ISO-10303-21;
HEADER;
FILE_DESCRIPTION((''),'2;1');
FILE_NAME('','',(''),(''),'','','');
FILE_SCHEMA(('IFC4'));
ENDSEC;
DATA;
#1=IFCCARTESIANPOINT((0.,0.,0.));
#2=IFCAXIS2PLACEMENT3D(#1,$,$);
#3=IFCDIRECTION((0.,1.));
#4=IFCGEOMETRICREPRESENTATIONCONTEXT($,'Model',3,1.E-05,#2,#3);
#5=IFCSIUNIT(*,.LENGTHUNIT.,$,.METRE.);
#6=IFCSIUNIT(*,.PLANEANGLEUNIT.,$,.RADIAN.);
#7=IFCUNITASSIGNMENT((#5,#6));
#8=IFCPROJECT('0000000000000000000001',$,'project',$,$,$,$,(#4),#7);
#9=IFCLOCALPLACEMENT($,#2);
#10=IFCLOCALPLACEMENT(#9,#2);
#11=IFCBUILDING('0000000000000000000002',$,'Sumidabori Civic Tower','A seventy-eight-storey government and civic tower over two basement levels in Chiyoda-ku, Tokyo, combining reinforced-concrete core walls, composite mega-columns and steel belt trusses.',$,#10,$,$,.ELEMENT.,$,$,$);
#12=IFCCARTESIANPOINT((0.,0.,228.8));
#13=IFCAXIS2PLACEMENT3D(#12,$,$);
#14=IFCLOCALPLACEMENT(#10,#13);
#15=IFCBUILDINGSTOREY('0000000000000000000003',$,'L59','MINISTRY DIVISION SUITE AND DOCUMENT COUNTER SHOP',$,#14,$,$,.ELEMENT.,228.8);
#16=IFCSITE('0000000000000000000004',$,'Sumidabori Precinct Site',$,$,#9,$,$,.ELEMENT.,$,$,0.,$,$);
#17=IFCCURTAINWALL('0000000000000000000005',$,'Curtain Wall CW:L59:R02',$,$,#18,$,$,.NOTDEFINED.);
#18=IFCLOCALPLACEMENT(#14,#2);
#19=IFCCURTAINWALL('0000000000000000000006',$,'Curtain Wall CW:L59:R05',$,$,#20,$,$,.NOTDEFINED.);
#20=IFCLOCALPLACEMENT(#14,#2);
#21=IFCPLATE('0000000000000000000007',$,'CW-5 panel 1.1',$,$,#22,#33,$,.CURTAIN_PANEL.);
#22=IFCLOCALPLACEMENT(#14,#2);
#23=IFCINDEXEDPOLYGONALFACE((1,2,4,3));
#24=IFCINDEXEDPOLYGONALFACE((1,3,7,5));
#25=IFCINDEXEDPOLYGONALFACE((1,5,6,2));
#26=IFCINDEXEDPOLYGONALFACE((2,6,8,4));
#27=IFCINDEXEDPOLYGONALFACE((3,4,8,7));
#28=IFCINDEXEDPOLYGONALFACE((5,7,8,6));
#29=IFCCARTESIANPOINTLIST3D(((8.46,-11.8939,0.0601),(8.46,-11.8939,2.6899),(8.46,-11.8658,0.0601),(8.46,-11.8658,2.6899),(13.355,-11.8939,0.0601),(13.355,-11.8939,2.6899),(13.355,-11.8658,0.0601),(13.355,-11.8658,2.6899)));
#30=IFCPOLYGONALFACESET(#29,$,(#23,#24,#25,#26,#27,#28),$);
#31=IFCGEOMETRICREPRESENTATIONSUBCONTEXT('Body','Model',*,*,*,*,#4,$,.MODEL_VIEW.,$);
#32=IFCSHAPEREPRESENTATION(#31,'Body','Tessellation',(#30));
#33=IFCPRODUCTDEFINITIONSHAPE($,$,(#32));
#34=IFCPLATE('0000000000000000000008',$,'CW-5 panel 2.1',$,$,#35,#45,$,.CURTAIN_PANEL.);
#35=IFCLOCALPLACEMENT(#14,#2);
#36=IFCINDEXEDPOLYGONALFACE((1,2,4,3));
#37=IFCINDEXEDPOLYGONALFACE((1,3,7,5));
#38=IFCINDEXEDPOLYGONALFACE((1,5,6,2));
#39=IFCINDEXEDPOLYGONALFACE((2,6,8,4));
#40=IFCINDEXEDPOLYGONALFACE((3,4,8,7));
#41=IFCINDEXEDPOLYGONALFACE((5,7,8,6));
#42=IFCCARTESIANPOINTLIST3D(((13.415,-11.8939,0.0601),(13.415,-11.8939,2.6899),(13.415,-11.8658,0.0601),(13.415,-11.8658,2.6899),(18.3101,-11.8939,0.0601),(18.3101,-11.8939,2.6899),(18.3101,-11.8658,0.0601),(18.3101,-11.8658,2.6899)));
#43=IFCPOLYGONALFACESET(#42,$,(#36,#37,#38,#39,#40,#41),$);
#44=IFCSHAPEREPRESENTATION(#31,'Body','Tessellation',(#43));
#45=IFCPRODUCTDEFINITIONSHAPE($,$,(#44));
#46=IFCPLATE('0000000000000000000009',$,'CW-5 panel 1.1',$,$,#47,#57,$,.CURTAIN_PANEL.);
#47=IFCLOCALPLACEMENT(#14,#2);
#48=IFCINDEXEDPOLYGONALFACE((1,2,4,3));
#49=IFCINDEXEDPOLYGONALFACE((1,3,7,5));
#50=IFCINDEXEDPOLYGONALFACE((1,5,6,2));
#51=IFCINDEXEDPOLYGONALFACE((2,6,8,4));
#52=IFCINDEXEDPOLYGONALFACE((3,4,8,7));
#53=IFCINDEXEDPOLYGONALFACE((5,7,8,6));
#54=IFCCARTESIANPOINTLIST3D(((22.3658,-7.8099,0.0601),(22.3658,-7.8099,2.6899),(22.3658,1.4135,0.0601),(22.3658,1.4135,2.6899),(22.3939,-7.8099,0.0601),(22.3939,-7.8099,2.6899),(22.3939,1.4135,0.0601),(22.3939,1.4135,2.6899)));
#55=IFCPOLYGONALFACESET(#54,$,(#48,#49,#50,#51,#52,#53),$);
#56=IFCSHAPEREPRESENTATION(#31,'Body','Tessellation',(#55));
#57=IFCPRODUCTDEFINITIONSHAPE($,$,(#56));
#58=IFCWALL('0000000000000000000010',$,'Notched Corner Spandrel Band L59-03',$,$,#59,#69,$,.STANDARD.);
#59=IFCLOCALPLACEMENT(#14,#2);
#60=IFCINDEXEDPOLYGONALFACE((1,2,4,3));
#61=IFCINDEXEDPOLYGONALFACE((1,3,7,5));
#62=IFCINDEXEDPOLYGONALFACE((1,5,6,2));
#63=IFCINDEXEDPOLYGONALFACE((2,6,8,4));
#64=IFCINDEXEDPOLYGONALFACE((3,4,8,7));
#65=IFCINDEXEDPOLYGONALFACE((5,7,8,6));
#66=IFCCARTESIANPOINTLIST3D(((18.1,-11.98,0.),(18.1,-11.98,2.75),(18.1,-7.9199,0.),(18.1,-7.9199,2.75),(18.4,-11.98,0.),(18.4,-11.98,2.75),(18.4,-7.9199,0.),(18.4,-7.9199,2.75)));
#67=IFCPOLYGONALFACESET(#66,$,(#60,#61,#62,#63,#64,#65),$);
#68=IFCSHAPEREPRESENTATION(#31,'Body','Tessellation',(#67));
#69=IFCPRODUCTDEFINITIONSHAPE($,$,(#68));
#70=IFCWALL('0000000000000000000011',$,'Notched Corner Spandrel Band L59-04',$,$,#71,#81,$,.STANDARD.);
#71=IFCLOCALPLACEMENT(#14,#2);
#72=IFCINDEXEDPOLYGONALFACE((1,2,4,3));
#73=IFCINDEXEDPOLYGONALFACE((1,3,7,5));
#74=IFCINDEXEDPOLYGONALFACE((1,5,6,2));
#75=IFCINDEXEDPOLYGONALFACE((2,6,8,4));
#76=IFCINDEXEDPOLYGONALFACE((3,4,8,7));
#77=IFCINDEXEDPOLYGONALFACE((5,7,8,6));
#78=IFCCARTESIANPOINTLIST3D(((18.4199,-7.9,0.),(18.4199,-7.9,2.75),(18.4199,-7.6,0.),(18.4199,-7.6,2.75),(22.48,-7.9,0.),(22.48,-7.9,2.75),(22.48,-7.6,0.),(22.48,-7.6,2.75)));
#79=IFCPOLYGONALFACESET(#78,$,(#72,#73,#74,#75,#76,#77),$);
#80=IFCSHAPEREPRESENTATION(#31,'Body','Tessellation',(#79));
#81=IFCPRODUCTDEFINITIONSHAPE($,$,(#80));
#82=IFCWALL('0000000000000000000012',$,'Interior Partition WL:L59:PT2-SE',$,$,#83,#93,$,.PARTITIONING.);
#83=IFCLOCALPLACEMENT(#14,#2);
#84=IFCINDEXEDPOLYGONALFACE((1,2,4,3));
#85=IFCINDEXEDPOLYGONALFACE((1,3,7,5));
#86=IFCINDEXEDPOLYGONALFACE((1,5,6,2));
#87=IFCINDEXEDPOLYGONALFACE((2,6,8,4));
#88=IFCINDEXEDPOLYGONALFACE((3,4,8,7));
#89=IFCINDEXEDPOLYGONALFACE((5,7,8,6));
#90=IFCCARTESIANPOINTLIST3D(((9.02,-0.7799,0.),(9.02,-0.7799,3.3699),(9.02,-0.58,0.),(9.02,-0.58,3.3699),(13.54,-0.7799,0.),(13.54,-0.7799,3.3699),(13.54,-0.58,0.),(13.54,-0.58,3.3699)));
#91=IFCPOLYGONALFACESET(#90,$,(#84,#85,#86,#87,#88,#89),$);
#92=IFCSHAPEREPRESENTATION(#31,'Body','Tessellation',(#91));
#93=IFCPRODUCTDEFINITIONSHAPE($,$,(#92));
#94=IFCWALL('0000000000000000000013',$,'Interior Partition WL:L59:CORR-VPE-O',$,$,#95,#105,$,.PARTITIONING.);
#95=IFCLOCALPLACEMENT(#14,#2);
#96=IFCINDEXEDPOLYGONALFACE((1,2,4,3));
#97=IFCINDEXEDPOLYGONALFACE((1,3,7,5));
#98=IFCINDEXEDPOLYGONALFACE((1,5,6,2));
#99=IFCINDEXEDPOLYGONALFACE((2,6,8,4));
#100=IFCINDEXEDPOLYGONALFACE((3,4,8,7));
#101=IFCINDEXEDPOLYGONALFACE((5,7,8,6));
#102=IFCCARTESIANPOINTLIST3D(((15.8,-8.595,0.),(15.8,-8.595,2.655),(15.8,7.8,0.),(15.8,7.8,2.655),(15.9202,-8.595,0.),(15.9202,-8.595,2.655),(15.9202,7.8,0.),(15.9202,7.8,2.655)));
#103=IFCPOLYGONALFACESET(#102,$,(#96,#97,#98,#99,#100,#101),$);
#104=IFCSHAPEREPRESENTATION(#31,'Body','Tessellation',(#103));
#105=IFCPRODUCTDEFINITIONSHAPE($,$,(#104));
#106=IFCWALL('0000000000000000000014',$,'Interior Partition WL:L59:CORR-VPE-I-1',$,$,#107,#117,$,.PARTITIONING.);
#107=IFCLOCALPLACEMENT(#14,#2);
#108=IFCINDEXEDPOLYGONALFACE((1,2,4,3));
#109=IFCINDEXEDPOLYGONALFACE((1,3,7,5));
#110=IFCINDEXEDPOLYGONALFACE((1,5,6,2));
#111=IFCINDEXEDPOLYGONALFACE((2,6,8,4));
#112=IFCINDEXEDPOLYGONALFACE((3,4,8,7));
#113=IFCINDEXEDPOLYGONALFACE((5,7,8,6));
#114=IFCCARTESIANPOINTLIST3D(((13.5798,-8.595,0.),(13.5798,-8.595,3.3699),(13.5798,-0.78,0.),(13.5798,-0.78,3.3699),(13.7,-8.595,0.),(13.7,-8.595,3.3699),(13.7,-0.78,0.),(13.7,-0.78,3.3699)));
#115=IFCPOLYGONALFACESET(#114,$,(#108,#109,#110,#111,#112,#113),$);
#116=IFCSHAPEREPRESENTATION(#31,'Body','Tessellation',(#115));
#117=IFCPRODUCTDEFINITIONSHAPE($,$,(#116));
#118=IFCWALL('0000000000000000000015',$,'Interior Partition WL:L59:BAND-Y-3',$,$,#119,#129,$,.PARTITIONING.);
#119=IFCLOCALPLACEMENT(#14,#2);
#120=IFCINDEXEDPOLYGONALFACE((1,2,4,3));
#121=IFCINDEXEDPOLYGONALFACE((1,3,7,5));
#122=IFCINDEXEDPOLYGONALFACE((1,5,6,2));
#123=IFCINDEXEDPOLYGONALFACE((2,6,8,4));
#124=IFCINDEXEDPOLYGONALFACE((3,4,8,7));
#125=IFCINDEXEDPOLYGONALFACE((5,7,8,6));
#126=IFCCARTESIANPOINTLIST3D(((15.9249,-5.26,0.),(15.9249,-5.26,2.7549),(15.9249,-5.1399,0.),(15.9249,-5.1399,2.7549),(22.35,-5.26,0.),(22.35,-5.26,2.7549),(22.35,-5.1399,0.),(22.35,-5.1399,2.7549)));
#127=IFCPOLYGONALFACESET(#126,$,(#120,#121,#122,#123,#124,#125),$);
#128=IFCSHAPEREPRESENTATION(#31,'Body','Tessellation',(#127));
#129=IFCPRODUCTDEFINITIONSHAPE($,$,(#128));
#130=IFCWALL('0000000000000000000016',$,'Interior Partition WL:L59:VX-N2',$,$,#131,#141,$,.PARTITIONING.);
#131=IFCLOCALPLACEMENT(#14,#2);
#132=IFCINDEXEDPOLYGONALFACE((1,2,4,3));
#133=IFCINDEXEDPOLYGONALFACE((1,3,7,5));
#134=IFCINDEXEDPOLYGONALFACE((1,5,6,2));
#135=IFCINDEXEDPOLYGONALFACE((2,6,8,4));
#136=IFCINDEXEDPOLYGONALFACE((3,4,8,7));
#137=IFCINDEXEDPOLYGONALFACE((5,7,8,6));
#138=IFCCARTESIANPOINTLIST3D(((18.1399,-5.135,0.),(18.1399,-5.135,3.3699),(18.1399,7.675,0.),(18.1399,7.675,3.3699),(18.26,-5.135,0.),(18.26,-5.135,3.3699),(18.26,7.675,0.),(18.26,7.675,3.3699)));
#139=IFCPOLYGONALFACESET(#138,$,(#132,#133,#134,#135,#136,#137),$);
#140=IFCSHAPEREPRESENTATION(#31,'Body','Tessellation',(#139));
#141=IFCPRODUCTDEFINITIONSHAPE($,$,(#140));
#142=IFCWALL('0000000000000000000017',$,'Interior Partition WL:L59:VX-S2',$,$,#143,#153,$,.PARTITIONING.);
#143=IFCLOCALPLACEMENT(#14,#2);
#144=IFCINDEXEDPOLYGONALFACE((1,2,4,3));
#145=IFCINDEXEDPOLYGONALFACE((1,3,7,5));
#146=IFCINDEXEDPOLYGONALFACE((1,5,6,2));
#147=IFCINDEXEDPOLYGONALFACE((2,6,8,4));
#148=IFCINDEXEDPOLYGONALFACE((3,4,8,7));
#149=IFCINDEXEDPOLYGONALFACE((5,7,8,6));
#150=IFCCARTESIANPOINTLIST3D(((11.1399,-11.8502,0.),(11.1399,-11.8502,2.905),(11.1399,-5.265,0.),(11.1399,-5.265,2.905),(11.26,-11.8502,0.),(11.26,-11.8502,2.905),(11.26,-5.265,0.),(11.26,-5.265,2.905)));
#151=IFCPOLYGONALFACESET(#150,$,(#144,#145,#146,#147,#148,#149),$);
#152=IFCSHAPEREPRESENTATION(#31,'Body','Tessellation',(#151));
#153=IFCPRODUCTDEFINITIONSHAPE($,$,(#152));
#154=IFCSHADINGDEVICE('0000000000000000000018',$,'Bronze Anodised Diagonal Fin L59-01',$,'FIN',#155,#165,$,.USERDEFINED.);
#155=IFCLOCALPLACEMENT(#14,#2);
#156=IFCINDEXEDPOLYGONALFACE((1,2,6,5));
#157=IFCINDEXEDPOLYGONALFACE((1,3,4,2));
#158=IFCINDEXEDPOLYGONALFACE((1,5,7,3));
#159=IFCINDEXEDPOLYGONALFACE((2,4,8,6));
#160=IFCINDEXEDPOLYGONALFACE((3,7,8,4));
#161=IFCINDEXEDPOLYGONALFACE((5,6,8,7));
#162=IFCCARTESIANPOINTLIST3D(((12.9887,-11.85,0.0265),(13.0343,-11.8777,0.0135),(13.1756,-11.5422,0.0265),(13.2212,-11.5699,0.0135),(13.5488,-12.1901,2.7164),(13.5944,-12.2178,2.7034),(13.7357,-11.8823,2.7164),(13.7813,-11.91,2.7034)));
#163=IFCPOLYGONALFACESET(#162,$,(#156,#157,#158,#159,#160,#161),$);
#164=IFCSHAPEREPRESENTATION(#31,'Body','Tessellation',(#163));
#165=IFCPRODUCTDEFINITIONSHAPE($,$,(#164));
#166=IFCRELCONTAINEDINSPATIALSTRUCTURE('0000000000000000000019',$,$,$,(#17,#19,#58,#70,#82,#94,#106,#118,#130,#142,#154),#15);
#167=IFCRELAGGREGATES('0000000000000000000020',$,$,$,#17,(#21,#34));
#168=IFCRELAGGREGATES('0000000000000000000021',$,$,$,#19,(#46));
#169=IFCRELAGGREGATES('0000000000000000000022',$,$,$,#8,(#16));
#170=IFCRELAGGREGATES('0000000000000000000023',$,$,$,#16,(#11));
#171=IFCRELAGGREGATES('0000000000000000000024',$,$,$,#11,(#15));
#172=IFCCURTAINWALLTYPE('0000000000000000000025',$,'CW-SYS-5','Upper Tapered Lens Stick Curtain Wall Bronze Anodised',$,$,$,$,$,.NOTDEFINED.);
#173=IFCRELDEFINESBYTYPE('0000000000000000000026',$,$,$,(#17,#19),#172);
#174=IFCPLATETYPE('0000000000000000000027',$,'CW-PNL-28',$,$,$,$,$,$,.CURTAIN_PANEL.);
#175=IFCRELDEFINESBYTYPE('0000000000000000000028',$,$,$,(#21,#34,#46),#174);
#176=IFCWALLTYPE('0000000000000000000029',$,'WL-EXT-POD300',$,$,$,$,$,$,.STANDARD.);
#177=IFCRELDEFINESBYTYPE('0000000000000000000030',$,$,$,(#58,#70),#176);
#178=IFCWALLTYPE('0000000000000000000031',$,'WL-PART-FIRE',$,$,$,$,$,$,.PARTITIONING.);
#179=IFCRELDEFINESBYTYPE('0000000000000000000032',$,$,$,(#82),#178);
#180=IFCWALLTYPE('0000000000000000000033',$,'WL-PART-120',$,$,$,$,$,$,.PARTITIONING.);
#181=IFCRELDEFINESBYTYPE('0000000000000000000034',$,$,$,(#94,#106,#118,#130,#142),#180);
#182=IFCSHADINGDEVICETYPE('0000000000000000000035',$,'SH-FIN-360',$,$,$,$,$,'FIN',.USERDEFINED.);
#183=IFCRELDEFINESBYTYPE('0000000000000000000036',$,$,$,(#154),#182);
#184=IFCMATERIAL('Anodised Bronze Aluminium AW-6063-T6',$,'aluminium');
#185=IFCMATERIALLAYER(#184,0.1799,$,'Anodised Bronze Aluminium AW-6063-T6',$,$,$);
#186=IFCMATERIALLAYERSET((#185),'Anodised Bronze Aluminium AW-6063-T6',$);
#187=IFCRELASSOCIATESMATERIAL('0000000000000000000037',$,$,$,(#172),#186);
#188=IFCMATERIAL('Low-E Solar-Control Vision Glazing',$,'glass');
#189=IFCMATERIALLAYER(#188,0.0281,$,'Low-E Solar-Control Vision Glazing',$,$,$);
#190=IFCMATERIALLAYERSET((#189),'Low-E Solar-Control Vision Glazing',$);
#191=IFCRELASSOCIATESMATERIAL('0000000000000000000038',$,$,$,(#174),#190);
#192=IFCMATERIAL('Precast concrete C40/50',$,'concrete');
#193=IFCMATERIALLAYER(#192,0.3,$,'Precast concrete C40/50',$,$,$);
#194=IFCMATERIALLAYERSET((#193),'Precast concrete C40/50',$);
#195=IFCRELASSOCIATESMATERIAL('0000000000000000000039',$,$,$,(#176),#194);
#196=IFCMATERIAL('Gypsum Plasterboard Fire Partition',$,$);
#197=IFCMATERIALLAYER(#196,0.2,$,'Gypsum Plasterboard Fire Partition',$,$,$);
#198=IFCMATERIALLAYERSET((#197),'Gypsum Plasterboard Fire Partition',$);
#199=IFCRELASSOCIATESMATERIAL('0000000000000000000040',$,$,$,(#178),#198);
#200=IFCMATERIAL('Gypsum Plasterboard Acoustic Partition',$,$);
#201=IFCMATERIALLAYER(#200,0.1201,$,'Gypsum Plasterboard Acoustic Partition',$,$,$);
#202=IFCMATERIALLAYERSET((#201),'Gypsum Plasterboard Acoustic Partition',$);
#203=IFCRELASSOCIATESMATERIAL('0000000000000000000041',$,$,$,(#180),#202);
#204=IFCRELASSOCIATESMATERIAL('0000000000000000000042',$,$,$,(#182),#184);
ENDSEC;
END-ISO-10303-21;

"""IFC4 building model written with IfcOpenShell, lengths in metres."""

from ifc_helpers import new_model, si_unit, direction, frame, frame_2d, origin, origin_2d, place, context, subcontext, project, spatial, rectangle, extrude, source, transform, mapped, material, layer, layer_set, material_profile, profile_set, type_object, element, aggregate, save


model = new_model("IFC4")

# Units and contexts
model_context = context("Model", 3, precision=1e-05, world=origin(), true_north=direction((0.0, 1.0)))
body_context = subcontext(model_context, "Body", "Model", "MODEL_VIEW")
ifc_project = project(units=[si_unit("LENGTHUNIT", "METRE"), si_unit("PLANEANGLEUNIT", "RADIAN")], contexts=[model_context])

# Site, building, storey
site_placement = place(None, origin())
site = spatial("IfcSite", under=ifc_project, at=site_placement, Name="Sumidabori Precinct Site", CompositionType="ELEMENT", RefElevation=0.0)
building_placement = place(site_placement, origin())
building = spatial("IfcBuilding", under=site, at=building_placement, Name="Sumidabori Civic Tower", Description="A seventy-eight-storey government and civic tower over two basement levels in Chiyoda-ku, Tokyo, combining reinforced-concrete core walls, composite mega-columns and steel belt trusses.", CompositionType="ELEMENT")
storey_placement = place(building_placement, frame((0.0, 0.0, 228.8)))
storey = spatial("IfcBuildingStorey", under=building, at=storey_placement, Name="L59", Description="MINISTRY DIVISION SUITE AND DOCUMENT COUNTER SHOP", CompositionType="ELEMENT", Elevation=228.8)

# Curtain wall
ifc_material_1 = material(Name="Anodised Bronze Aluminium AW-6063-T6", Category="aluminium")
ifc_layer_1 = layer(ifc_material_1, 0.1799, Name="Anodised Bronze Aluminium AW-6063-T6")
ifc_layer_set_1 = layer_set([ifc_layer_1], Name="Anodised Bronze Aluminium AW-6063-T6")
curtain_wall_type = type_object("IfcCurtainWallType", Name="CW-SYS-5", Description="Upper Tapered Lens Stick Curtain Wall Bronze Anodised", PredefinedType="NOTDEFINED", material=ifc_layer_set_1)
curtain_wall_1_placement = place(storey_placement, origin())
curtain_wall_1 = element("IfcCurtainWall", 1, at=curtain_wall_1_placement, inside=storey, type_object=curtain_wall_type, Name="Curtain Wall CW:L59:R02", PredefinedType="NOTDEFINED")

# Curtain wall
curtain_wall_2_placement = place(storey_placement, origin())
curtain_wall_2 = element("IfcCurtainWall", 2, at=curtain_wall_2_placement, inside=storey, type_object=curtain_wall_type, Name="Curtain Wall CW:L59:R05", PredefinedType="NOTDEFINED")

# Plates
ifc_material_2 = material(Name="Low-E Solar-Control Vision Glazing", Category="glass")
ifc_layer_2 = layer(ifc_material_2, 0.0281, Name="Low-E Solar-Control Vision Glazing")
ifc_layer_set_2 = layer_set([ifc_layer_2], Name="Low-E Solar-Control Vision Glazing")
plate_type = type_object("IfcPlateType", Name="CW-PNL-28", PredefinedType="CURTAIN_PANEL", material=ifc_layer_set_2)
shared_shape_1 = source(origin(), body_context, "Body", "SweptSolid", [
    extrude(rectangle(XDim=4.895, YDim=0.0281, at=origin_2d()), origin(), (0.0, 0.0, 1.0), 2.6299),
])
plate_1_placement = place(storey_placement, frame((10.9075, -11.8799, 0.0601), z_axis=(0.0, 0.0, 1.0), x_axis=(1.0, 0.0, 0.0)))
plate_1 = element("IfcPlate", 3, at=plate_1_placement, type_object=plate_type, Name="CW-5 panel 1.1", PredefinedType="CURTAIN_PANEL", context=body_context, shape_type="MappedRepresentation", body=[
    mapped(shared_shape_1, transform((0.0, 0.0, 0.0), x_axis=(1.0, 0.0, 0.0), y_axis=(0.0, 1.0, 0.0), z_axis=(0.0, 0.0, 1.0), scale=1.0)),
])
plate_2_placement = place(storey_placement, frame((15.8625, -11.8799, 0.0601), z_axis=(0.0, 0.0, 1.0), x_axis=(1.0, 0.0, 0.0)))
plate_2 = element("IfcPlate", 4, at=plate_2_placement, type_object=plate_type, Name="CW-5 panel 2.1", PredefinedType="CURTAIN_PANEL", context=body_context, shape_type="MappedRepresentation", body=[
    mapped(shared_shape_1, transform((0.0, 0.0, 0.0), x_axis=(1.0, 0.0, 0.0), y_axis=(0.0, 1.0, 0.0), z_axis=(0.0, 0.0, 1.0), scale=1.0)),
])
aggregate(curtain_wall_1, [plate_1, plate_2])
shared_shape_2 = source(origin(), body_context, "Body", "SweptSolid", [
    extrude(rectangle(XDim=9.2234, YDim=0.0281, at=origin_2d()), origin(), (0.0, 0.0, 1.0), 2.6299),
])
plate_3_placement = place(storey_placement, frame((22.3799, -3.1982, 0.0601), z_axis=(0.0, 0.0, 1.0), x_axis=(0.0, 1.0, 0.0)))
plate_3 = element("IfcPlate", 5, at=plate_3_placement, type_object=plate_type, Name="CW-5 panel 1.1", PredefinedType="CURTAIN_PANEL", context=body_context, shape_type="MappedRepresentation", body=[
    mapped(shared_shape_2, transform((0.0, 0.0, 0.0), x_axis=(1.0, 0.0, 0.0), y_axis=(0.0, 1.0, 0.0), z_axis=(0.0, 0.0, 1.0), scale=1.0)),
])
aggregate(curtain_wall_2, [plate_3])

# Walls
ifc_material_3 = material(Name="Precast concrete C40/50", Category="concrete")
ifc_layer_3 = layer(ifc_material_3, 0.3, Name="Precast concrete C40/50")
ifc_layer_set_3 = layer_set([ifc_layer_3], Name="Precast concrete C40/50")
wall_type_1 = type_object("IfcWallType", Name="WL-EXT-POD300", PredefinedType="STANDARD", material=ifc_layer_set_3)
shared_shape_3 = source(origin(), body_context, "Body", "SweptSolid", [
    extrude(rectangle(XDim=4.0601, YDim=0.3, at=frame_2d((2.03, 0.0))), origin(), (0.0, 0.0, 1.0), 2.75),
])
for number, where, z_axis, x_axis, name in (
    (6, (18.25, -11.98, 0.0), (0.0, 0.0, 1.0), (0.0, 1.0, 0.0), "Notched Corner Spandrel Band L59-03"),
    (7, (18.4199, -7.75, 0.0), (0.0, 0.0, 1.0), (1.0, 0.0, 0.0), "Notched Corner Spandrel Band L59-04"),
):
    element("IfcWall", number, at=place(storey_placement, frame(where, z_axis=z_axis, x_axis=x_axis)), inside=storey, type_object=wall_type_1, Name=name, PredefinedType="STANDARD", context=body_context, shape_type="MappedRepresentation", body=[
        mapped(shared_shape_3, transform((0.0, 0.0, 0.0), x_axis=(1.0, 0.0, 0.0), y_axis=(0.0, 1.0, 0.0), z_axis=(0.0, 0.0, 1.0), scale=1.0)),
    ])
ifc_material_4 = material(Name="Gypsum Plasterboard Fire Partition")
ifc_layer_4 = layer(ifc_material_4, 0.2, Name="Gypsum Plasterboard Fire Partition")
ifc_layer_set_4 = layer_set([ifc_layer_4], Name="Gypsum Plasterboard Fire Partition")
wall_type_2 = type_object("IfcWallType", Name="WL-PART-FIRE", PredefinedType="PARTITIONING", material=ifc_layer_set_4)
shared_shape_4 = source(origin(), body_context, "Body", "SweptSolid", [
    extrude(rectangle(XDim=4.52, YDim=0.2, at=frame_2d((2.26, 0.0))), origin(), (0.0, 0.0, 1.0), 3.3699),
])
wall_1_placement = place(storey_placement, frame((9.02, -0.6799, 0.0), z_axis=(0.0, 0.0, 1.0), x_axis=(1.0, 0.0, 0.0)))
element("IfcWall", 8, at=wall_1_placement, inside=storey, type_object=wall_type_2, Name="Interior Partition WL:L59:PT2-SE", PredefinedType="PARTITIONING", context=body_context, shape_type="MappedRepresentation", body=[
    mapped(shared_shape_4, transform((0.0, 0.0, 0.0), x_axis=(1.0, 0.0, 0.0), y_axis=(0.0, 1.0, 0.0), z_axis=(0.0, 0.0, 1.0), scale=1.0)),
])

# Shared definitions
ifc_material_5 = material(Name="Gypsum Plasterboard Acoustic Partition")
ifc_layer_5 = layer(ifc_material_5, 0.1201, Name="Gypsum Plasterboard Acoustic Partition")
ifc_layer_set_5 = layer_set([ifc_layer_5], Name="Gypsum Plasterboard Acoustic Partition")
wall_type_3 = type_object("IfcWallType", Name="WL-PART-120", PredefinedType="PARTITIONING", material=ifc_layer_set_5)

# Walls
shared_shape_5 = source(origin(), body_context, "Body", "SweptSolid", [
    extrude(rectangle(XDim=16.395, YDim=0.1201, at=frame_2d((8.1975, 0.0))), origin(), (0.0, 0.0, 1.0), 2.655),
])
wall_2_placement = place(storey_placement, frame((15.8601, -8.595, 0.0), z_axis=(0.0, 0.0, 1.0), x_axis=(0.0, 1.0, 0.0)))
element("IfcWall", 9, at=wall_2_placement, inside=storey, type_object=wall_type_3, Name="Interior Partition WL:L59:CORR-VPE-O", PredefinedType="PARTITIONING", context=body_context, shape_type="MappedRepresentation", body=[
    mapped(shared_shape_5, transform((0.0, 0.0, 0.0), x_axis=(1.0, 0.0, 0.0), y_axis=(0.0, 1.0, 0.0), z_axis=(0.0, 0.0, 1.0), scale=1.0)),
])
shared_shape_6 = source(origin(), body_context, "Body", "SweptSolid", [
    extrude(rectangle(XDim=7.8149, YDim=0.1201, at=frame_2d((3.9075, 0.0))), origin(), (0.0, 0.0, 1.0), 3.3699),
])
wall_3_placement = place(storey_placement, frame((13.6399, -8.595, 0.0), z_axis=(0.0, 0.0, 1.0), x_axis=(0.0, 1.0, 0.0)))
element("IfcWall", 10, at=wall_3_placement, inside=storey, type_object=wall_type_3, Name="Interior Partition WL:L59:CORR-VPE-I-1", PredefinedType="PARTITIONING", context=body_context, shape_type="MappedRepresentation", body=[
    mapped(shared_shape_6, transform((0.0, 0.0, 0.0), x_axis=(1.0, 0.0, 0.0), y_axis=(0.0, 1.0, 0.0), z_axis=(0.0, 0.0, 1.0), scale=1.0)),
])
shared_shape_7 = source(origin(), body_context, "Body", "SweptSolid", [
    extrude(rectangle(XDim=6.425, YDim=0.1201, at=frame_2d((3.2124, 0.0))), origin(), (0.0, 0.0, 1.0), 2.7549),
])
wall_4_placement = place(storey_placement, frame((15.925, -5.2, 0.0), z_axis=(0.0, 0.0, 1.0), x_axis=(1.0, 0.0, 0.0)))
element("IfcWall", 11, at=wall_4_placement, inside=storey, type_object=wall_type_3, Name="Interior Partition WL:L59:BAND-Y-3", PredefinedType="PARTITIONING", context=body_context, shape_type="MappedRepresentation", body=[
    mapped(shared_shape_7, transform((0.0, 0.0, 0.0), x_axis=(1.0, 0.0, 0.0), y_axis=(0.0, 1.0, 0.0), z_axis=(0.0, 0.0, 1.0), scale=1.0)),
])
shared_shape_8 = source(origin(), body_context, "Body", "SweptSolid", [
    extrude(rectangle(XDim=12.8101, YDim=0.1201, at=frame_2d((6.405, 0.0))), origin(), (0.0, 0.0, 1.0), 3.3699),
])
wall_5_placement = place(storey_placement, frame((18.2, -5.135, 0.0), z_axis=(0.0, 0.0, 1.0), x_axis=(0.0, 1.0, 0.0)))
element("IfcWall", 12, at=wall_5_placement, inside=storey, type_object=wall_type_3, Name="Interior Partition WL:L59:VX-N2", PredefinedType="PARTITIONING", context=body_context, shape_type="MappedRepresentation", body=[
    mapped(shared_shape_8, transform((0.0, 0.0, 0.0), x_axis=(1.0, 0.0, 0.0), y_axis=(0.0, 1.0, 0.0), z_axis=(0.0, 0.0, 1.0), scale=1.0)),
])
shared_shape_9 = source(origin(), body_context, "Body", "SweptSolid", [
    extrude(rectangle(XDim=6.5852, YDim=0.1201, at=frame_2d((3.2925, 0.0))), origin(), (0.0, 0.0, 1.0), 2.905),
])
wall_6_placement = place(storey_placement, frame((11.2, -11.8501, 0.0), z_axis=(0.0, 0.0, 1.0), x_axis=(0.0, 1.0, 0.0)))
element("IfcWall", 13, at=wall_6_placement, inside=storey, type_object=wall_type_3, Name="Interior Partition WL:L59:VX-S2", PredefinedType="PARTITIONING", context=body_context, shape_type="MappedRepresentation", body=[
    mapped(shared_shape_9, transform((0.0, 0.0, 0.0), x_axis=(1.0, 0.0, 0.0), y_axis=(0.0, 1.0, 0.0), z_axis=(0.0, 0.0, 1.0), scale=1.0)),
])

# Shading device
ifc_material_profile_1 = material_profile(ifc_material_1, rectangle(XDim=0.0549, YDim=0.3601, at=origin_2d()), Name="BRONZE FIN 360x55")
ifc_profile_set_1 = profile_set([ifc_material_profile_1], Name="Anodised Bronze Aluminium AW-6063-T6")
shading_device_type = type_object("IfcShadingDeviceType", Name="SH-FIN-360", ElementType="FIN", PredefinedType="USERDEFINED", material=ifc_profile_set_1)
shared_shape_10 = source(origin(), body_context, "Body", "SweptSolid", [
    extrude(rectangle(XDim=0.0549, YDim=0.3601, at=origin_2d()), origin(), (0.0, 0.0, 1.0), 2.7686),
])
shading_device_placement = place(storey_placement, frame((13.105, -11.71, 0.02), z_axis=(0.20229, -0.122838, 0.971591), x_axis=(0.83047, -0.504291, -0.236665)))
element("IfcShadingDevice", 14, at=shading_device_placement, inside=storey, type_object=shading_device_type, Name="Bronze Anodised Diagonal Fin L59-01", ObjectType="FIN", PredefinedType="USERDEFINED", context=body_context, shape_type="MappedRepresentation", body=[
    mapped(shared_shape_10, transform((0.0, 0.0, 0.0), x_axis=(1.0, 0.0, 0.0), y_axis=(0.0, 1.0, 0.0), z_axis=(0.0, 0.0, 1.0), scale=1.0)),
])

save(model, "model.ifc")
